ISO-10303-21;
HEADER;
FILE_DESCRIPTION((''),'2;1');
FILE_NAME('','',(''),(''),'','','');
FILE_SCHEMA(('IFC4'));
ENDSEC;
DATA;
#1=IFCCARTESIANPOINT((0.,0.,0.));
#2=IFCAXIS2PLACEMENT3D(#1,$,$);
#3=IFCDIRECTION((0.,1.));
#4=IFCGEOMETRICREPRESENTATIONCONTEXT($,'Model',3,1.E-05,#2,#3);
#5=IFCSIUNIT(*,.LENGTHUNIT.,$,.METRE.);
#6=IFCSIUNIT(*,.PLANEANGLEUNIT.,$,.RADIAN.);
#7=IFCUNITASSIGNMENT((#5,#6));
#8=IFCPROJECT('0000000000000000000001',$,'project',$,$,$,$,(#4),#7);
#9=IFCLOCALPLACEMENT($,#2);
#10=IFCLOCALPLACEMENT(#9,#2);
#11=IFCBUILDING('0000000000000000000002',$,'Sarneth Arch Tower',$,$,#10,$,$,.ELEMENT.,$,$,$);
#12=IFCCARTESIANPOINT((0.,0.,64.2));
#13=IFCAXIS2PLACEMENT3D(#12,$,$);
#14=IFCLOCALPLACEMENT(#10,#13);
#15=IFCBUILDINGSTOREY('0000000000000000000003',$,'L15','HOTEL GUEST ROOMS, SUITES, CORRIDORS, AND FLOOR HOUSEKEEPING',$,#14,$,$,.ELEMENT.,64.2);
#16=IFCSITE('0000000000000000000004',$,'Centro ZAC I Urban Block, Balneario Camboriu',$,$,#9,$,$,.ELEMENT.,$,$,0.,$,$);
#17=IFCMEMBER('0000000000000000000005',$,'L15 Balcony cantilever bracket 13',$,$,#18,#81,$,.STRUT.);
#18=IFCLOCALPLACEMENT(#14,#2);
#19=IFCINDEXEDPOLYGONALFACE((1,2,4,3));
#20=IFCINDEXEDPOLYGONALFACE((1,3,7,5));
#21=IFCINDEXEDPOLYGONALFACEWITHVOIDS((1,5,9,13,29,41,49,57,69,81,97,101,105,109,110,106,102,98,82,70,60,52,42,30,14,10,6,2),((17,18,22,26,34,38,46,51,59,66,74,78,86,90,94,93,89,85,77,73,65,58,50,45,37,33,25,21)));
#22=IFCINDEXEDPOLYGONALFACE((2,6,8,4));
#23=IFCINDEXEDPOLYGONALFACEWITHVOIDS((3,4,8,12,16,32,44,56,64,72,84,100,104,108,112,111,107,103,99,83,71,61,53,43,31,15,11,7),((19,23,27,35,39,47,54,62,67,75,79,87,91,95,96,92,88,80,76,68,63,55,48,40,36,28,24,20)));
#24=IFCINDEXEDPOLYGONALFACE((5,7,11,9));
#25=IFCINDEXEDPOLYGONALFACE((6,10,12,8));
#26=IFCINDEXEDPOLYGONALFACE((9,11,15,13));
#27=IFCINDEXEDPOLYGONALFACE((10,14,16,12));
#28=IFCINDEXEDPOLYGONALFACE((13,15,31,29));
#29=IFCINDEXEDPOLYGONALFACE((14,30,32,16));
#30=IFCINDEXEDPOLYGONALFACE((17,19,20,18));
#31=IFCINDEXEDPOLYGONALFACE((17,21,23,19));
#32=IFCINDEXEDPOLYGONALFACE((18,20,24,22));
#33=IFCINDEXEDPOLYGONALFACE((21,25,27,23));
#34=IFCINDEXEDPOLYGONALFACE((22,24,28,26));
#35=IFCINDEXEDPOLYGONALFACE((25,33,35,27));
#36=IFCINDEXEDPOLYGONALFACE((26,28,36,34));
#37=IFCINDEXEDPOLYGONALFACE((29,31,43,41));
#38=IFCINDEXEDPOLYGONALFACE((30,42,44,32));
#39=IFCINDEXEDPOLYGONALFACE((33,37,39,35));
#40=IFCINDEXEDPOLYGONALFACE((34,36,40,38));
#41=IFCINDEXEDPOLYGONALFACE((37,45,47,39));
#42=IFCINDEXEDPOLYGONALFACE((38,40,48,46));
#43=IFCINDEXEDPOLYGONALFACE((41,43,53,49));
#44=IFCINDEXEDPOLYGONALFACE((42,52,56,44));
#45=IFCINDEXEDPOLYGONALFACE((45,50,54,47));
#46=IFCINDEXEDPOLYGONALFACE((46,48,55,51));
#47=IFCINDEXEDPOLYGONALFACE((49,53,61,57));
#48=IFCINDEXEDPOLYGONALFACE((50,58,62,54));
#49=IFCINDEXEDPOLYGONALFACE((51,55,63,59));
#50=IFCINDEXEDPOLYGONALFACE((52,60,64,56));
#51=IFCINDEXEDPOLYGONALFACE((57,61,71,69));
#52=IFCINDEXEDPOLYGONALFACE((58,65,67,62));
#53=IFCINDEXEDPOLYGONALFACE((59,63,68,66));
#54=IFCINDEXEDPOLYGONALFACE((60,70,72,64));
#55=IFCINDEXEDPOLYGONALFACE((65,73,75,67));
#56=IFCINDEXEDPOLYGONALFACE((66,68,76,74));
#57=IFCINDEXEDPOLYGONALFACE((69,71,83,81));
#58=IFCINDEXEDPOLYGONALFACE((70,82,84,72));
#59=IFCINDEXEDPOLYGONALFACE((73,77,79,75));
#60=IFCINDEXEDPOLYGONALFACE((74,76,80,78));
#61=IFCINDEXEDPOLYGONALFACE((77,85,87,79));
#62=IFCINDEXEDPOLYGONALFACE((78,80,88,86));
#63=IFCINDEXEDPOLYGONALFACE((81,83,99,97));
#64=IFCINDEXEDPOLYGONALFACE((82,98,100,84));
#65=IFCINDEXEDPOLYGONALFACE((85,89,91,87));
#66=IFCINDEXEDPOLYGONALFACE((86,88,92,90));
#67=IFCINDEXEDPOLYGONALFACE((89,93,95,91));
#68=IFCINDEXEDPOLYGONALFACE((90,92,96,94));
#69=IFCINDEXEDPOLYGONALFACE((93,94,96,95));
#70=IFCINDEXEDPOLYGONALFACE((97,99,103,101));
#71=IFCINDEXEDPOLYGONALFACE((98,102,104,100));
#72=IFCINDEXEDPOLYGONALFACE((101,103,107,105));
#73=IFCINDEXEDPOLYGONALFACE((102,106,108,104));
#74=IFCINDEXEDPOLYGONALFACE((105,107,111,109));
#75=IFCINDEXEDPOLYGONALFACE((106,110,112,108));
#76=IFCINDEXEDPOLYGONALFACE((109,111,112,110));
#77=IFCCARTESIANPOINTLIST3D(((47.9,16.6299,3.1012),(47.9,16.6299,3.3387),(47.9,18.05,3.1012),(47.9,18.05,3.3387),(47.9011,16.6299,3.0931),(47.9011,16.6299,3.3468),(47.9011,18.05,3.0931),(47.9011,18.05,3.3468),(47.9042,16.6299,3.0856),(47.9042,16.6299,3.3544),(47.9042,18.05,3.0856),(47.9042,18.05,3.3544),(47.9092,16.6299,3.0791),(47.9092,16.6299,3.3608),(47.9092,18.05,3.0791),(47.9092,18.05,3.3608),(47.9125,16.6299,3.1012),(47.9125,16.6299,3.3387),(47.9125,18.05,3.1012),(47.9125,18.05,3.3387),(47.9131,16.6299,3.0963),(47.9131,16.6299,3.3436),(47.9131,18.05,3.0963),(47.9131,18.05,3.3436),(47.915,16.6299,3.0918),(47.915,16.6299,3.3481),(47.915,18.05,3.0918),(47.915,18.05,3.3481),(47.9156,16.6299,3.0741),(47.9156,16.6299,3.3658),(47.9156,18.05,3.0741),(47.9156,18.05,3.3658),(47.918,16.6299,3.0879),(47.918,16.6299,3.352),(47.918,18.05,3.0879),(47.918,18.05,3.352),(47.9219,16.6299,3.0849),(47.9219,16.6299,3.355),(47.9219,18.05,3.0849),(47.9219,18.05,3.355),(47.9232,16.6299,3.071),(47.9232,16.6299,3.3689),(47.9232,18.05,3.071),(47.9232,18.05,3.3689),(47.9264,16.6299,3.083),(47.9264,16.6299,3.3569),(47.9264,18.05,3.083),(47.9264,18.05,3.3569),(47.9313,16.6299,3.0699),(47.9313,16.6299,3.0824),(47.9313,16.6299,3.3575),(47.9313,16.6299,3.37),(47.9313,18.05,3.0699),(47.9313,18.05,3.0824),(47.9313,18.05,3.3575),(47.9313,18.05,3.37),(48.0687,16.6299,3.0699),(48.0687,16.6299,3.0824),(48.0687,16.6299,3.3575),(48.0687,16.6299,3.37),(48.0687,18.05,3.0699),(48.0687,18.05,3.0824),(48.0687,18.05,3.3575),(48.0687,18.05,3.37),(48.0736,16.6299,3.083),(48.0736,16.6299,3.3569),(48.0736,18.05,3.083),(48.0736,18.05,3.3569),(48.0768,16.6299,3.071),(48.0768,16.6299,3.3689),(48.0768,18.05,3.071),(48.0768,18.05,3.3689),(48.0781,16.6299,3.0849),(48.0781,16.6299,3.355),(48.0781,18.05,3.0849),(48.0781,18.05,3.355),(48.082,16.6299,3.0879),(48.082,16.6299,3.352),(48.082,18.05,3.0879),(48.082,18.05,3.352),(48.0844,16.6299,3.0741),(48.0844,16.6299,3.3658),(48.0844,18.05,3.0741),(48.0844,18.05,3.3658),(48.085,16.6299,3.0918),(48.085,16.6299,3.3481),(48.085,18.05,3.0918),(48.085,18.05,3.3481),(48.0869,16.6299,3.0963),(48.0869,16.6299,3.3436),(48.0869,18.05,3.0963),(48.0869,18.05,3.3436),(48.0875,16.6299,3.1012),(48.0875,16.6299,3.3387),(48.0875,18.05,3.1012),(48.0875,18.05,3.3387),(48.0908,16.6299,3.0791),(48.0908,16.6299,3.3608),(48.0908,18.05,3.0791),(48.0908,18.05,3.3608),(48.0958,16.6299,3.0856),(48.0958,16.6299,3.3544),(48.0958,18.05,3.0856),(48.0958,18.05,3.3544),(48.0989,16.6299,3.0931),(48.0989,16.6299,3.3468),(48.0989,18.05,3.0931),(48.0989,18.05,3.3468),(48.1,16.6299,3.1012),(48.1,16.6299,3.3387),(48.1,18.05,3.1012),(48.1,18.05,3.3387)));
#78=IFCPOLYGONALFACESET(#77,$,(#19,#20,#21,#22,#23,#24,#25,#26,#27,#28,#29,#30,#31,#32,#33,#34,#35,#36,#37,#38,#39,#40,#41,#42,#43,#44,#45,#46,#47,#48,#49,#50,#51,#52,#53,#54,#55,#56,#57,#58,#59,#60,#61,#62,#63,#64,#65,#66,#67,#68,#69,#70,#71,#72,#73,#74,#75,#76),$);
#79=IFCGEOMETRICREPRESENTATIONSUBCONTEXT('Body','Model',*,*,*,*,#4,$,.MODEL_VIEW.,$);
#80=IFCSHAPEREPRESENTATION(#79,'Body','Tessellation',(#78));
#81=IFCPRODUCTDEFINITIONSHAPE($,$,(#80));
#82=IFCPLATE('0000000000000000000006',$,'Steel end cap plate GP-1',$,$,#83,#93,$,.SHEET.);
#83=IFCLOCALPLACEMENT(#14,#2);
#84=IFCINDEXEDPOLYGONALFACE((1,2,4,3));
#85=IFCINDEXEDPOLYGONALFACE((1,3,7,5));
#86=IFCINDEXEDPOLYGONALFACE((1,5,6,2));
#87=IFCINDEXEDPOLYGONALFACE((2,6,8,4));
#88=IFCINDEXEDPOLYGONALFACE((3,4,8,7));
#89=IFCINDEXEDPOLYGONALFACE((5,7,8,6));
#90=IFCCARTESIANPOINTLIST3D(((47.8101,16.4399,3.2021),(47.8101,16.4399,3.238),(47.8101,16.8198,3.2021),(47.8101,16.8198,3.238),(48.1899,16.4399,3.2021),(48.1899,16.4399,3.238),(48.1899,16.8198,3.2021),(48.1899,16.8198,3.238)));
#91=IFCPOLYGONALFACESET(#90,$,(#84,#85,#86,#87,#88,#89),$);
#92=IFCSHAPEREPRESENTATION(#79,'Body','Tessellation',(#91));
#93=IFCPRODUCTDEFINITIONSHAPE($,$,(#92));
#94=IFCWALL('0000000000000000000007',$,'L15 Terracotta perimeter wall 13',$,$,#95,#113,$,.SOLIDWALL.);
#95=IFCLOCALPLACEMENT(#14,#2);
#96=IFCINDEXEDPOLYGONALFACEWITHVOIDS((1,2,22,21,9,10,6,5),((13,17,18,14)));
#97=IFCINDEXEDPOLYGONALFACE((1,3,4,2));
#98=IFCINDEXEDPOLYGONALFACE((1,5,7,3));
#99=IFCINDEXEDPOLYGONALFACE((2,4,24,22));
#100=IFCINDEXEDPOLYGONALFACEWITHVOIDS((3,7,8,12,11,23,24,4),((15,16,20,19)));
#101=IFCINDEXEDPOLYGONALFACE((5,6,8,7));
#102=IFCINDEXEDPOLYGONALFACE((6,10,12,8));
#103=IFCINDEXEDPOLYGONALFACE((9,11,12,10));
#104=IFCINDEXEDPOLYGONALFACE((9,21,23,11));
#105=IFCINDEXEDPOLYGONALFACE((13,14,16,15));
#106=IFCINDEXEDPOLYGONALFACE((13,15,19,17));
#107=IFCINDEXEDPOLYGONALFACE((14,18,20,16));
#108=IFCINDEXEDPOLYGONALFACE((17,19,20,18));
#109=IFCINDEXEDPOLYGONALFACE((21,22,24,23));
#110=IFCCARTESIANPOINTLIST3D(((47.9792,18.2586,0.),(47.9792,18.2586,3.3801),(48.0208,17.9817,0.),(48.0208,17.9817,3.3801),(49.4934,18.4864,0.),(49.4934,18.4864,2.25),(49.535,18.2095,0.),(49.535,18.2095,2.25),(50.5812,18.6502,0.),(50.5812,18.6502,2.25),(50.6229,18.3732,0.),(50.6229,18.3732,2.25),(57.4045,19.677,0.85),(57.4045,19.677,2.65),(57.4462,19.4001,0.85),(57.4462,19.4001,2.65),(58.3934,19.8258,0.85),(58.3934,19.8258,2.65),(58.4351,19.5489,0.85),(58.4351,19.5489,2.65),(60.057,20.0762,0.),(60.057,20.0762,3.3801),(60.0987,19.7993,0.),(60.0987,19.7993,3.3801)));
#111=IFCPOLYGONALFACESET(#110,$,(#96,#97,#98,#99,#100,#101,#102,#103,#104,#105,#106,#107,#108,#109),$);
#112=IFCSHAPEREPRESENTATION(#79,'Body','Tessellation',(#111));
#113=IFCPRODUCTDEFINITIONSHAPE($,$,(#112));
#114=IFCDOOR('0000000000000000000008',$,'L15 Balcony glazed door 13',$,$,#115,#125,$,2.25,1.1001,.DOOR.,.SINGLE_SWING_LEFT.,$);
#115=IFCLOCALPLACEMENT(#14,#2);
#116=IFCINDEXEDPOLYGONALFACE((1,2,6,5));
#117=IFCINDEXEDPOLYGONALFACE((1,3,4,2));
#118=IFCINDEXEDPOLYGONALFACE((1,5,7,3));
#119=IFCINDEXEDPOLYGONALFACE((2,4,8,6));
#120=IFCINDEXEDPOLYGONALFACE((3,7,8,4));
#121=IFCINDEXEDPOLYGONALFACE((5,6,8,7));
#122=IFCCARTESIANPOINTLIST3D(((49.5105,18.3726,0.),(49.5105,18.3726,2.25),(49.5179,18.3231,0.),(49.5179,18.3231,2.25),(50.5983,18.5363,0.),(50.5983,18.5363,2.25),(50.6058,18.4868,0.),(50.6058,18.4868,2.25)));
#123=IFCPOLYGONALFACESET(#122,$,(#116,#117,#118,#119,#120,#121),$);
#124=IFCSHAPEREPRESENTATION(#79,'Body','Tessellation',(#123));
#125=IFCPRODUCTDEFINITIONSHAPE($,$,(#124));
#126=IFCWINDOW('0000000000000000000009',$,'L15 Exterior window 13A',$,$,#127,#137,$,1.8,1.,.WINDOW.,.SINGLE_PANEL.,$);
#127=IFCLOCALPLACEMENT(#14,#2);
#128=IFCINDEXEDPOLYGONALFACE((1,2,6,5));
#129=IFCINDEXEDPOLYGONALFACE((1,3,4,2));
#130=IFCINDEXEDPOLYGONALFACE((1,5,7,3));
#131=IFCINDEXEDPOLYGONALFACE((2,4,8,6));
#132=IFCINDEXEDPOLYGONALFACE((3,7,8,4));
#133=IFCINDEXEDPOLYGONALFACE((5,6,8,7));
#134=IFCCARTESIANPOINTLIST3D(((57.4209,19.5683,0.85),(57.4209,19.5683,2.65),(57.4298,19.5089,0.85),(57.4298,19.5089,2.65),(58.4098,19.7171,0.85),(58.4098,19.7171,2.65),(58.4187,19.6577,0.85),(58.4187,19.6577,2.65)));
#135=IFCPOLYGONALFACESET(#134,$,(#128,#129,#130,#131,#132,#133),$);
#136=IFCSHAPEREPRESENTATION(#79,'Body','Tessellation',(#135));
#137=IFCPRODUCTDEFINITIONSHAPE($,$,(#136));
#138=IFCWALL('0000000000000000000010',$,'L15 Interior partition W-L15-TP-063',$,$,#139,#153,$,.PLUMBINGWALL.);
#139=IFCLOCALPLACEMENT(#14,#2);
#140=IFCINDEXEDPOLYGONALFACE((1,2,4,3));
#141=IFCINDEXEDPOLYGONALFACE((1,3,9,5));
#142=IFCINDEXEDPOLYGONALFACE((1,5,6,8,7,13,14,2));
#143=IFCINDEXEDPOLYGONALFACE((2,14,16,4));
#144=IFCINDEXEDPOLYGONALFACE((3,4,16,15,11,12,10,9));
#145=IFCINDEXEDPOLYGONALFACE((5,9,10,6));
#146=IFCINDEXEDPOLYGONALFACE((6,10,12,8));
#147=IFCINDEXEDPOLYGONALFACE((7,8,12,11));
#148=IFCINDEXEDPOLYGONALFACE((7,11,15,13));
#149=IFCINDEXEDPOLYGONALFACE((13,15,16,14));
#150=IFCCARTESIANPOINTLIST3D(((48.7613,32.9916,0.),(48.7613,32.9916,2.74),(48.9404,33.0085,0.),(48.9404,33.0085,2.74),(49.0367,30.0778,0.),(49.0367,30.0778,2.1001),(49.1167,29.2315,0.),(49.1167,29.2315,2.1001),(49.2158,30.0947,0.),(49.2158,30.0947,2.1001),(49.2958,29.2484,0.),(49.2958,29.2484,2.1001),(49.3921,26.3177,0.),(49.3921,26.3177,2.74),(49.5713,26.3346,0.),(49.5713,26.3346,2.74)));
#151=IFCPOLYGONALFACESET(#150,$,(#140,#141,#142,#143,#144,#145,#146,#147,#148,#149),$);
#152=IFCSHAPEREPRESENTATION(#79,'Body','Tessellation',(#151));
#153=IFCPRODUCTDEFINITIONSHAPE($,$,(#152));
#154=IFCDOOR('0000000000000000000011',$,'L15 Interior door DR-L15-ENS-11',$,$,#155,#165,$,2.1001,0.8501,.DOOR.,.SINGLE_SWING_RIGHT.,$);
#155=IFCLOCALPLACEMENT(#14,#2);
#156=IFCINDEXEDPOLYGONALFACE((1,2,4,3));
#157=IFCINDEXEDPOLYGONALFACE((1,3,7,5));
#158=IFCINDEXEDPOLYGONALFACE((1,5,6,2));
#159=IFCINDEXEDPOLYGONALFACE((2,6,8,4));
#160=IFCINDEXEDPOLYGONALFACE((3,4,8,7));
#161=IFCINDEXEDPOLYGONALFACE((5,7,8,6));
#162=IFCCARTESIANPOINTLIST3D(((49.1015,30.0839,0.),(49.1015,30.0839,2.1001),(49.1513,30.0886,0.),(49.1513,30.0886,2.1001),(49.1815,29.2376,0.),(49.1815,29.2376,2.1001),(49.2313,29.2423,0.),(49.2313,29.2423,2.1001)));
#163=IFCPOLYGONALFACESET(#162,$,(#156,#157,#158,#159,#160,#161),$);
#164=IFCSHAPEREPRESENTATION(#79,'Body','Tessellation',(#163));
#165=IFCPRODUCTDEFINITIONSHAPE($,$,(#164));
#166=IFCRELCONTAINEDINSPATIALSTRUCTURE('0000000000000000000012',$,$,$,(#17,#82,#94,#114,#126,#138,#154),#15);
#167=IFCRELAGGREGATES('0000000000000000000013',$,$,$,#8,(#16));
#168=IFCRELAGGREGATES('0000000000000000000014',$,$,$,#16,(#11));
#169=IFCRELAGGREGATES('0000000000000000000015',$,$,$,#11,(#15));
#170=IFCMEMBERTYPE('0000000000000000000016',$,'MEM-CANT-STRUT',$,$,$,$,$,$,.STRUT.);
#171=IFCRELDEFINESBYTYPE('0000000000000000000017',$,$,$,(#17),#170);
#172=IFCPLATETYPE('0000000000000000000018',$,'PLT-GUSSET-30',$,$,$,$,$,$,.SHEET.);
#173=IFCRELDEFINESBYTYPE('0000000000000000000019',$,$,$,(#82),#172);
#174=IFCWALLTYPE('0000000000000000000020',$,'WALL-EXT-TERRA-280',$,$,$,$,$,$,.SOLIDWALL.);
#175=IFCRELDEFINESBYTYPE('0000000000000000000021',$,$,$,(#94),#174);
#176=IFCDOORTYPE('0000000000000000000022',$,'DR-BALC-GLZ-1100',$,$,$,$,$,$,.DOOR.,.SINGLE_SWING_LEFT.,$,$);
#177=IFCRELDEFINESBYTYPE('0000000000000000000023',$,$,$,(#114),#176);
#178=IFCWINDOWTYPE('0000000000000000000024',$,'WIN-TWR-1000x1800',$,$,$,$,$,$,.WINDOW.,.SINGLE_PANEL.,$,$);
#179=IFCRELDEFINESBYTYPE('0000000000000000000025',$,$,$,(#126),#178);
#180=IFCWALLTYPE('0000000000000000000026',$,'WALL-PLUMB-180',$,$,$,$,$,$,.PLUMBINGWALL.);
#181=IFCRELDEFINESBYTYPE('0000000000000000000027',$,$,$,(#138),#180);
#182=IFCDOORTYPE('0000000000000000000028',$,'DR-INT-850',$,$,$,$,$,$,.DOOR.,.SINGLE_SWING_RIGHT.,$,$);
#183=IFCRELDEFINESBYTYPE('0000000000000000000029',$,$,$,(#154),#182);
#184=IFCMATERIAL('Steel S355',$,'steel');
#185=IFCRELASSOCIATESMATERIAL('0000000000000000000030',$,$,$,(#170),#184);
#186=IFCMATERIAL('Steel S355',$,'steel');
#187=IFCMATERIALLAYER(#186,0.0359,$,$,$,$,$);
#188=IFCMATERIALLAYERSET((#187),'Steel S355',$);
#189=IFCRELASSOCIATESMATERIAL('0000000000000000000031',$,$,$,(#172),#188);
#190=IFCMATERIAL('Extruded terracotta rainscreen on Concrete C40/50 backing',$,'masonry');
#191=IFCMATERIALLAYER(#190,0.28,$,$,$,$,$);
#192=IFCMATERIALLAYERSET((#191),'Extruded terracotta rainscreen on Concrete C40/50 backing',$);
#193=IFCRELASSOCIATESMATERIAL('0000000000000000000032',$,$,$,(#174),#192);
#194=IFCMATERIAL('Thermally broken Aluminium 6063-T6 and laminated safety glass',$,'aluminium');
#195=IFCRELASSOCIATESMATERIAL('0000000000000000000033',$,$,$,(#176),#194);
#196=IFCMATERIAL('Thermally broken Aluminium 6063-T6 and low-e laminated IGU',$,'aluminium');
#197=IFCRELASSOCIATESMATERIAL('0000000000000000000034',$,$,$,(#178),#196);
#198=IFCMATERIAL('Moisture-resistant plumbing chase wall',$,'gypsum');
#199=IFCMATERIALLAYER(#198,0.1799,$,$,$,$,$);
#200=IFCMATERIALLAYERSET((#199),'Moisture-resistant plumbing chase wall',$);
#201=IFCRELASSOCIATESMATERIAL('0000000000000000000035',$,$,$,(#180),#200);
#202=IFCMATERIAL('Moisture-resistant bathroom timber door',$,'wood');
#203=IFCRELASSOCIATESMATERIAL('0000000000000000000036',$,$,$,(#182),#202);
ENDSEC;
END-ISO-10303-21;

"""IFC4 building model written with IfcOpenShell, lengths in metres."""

from ifc_helpers import new_model, si_unit, direction, frame, frame_2d, origin, origin_2d, place, context, subcontext, project, spatial, rectangle, hollow_rectangle, extrude, material, layer, layer_set, material_profile, profile_set, type_object, element, fill, save


model = new_model("IFC4")

# Units and contexts
model_context = context("Model", 3, precision=1e-05, world=origin(), true_north=direction((0.0, 1.0)))
body_context = subcontext(model_context, "Body", "Model", "MODEL_VIEW")
ifc_project = project(units=[si_unit("LENGTHUNIT", "METRE"), si_unit("PLANEANGLEUNIT", "RADIAN")], contexts=[model_context])

# Site, building, storey
site_placement = place(None, origin())
site = spatial("IfcSite", under=ifc_project, at=site_placement, Name="Centro ZAC I Urban Block, Balneario Camboriu", CompositionType="ELEMENT", RefElevation=0.0)
building_placement = place(site_placement, origin())
building = spatial("IfcBuilding", under=site, at=building_placement, Name="Sarneth Arch Tower", CompositionType="ELEMENT")
storey_placement = place(building_placement, frame((0.0, 0.0, 64.2)))
storey = spatial("IfcBuildingStorey", under=building, at=storey_placement, Name="L15", Description="HOTEL GUEST ROOMS, SUITES, CORRIDORS, AND FLOOR HOUSEKEEPING", CompositionType="ELEMENT", Elevation=64.2)

# Member
ifc_material_1 = material(Name="Steel S355", Category="steel")
ifc_material_profile_1 = material_profile(ifc_material_1, hollow_rectangle(XDim=0.2, YDim=0.3, WallThickness=0.0125, InnerFilletRadius=0.0188, OuterFilletRadius=0.0312, at=origin_2d()), Name="RHS300x200x12.5")
ifc_profile_set_1 = profile_set([ifc_material_profile_1], Name="Steel S355")
member_type_1 = type_object("IfcMemberType", Name="MEM-CANT-STRUT", PredefinedType="STRUT", material=ifc_profile_set_1)
member_1_placement = place(storey_placement, frame((48.0, 18.05, 3.22), z_axis=(0.0, -1.0, 0.0), x_axis=(1.0, 0.0, 0.0)))
element("IfcMember", 1, at=member_1_placement, inside=storey, type_object=member_type_1, Name="L15 Balcony cantilever bracket 13", PredefinedType="STRUT", context=body_context, shape_type="SweptSolid", body=[
    extrude(hollow_rectangle(XDim=0.2, YDim=0.3, WallThickness=0.0125, InnerFilletRadius=0.0188, OuterFilletRadius=0.0312, at=origin_2d()), origin(), (0.0, 0.0, 1.0), 1.4202),
])

# Plate
ifc_material_2 = material(Name="Steel S355", Category="steel")
ifc_layer_1 = layer(ifc_material_2, 0.0359)
ifc_layer_set_1 = layer_set([ifc_layer_1], Name="Steel S355")
plate_type = type_object("IfcPlateType", Name="PLT-GUSSET-30", PredefinedType="SHEET", material=ifc_layer_set_1)
plate_placement = place(storey_placement, frame((48.0, 16.6299, 3.2021), z_axis=(0.0, 0.0, 1.0), x_axis=(0.0, -1.0, 0.0)))
element("IfcPlate", 2, at=plate_placement, inside=storey, type_object=plate_type, Name="Steel end cap plate GP-1", PredefinedType="SHEET", context=body_context, shape_type="SweptSolid", body=[
    extrude(rectangle(XDim=0.3799, YDim=0.3799, at=origin_2d()), origin(), (0.0, 0.0, 1.0), 0.0359),
])

# Wall, openings, door, window
ifc_material_3 = material(Name="Extruded terracotta rainscreen on Concrete C40/50 backing", Category="masonry")
ifc_layer_2 = layer(ifc_material_3, 0.28)
ifc_layer_set_2 = layer_set([ifc_layer_2], Name="Extruded terracotta rainscreen on Concrete C40/50 backing")
wall_type_1 = type_object("IfcWallType", Name="WALL-EXT-TERRA-280", PredefinedType="SOLIDWALL", material=ifc_layer_set_2)
wall_1_placement = place(storey_placement, frame((48.0, 18.1201, 0.0), z_axis=(0.0, 0.0, 1.0), x_axis=(0.988865, 0.148816, 0.0)))
wall_1 = element("IfcWall", 3, at=wall_1_placement, inside=storey, type_object=wall_type_1, Name="L15 Terracotta perimeter wall 13", PredefinedType="SOLIDWALL", context=body_context, shape_type="SweptSolid", body=[
    extrude(rectangle(XDim=12.2139, YDim=0.28, at=frame_2d((6.1069, 0.0))), origin(), (0.0, 0.0, 1.0), 3.3801),
])
opening_1_placement = place(wall_1_placement, frame((1.5312, 0.0, 0.0)))
opening_1 = element("IfcOpeningElement", 4, at=opening_1_placement, cuts=wall_1, PredefinedType="OPENING", context=body_context, shape_type="SweptSolid", body=[
    extrude(rectangle(XDim=1.1001, YDim=2.25, at=frame_2d((0.55, 1.125))), frame((0.0, 0.1499, 0.0), z_axis=(0.0, -1.0, 0.0), x_axis=(1.0, 0.0, 0.0)), (0.0, 0.0, 1.0), 0.3),
])
opening_2_placement = place(wall_1_placement, frame((9.5315, 0.0, 0.8501)))
opening_2 = element("IfcOpeningElement", 5, at=opening_2_placement, cuts=wall_1, PredefinedType="OPENING", context=body_context, shape_type="SweptSolid", body=[
    extrude(rectangle(XDim=1.0, YDim=1.8, at=frame_2d((0.5, 0.8999))), frame((0.0, 0.1499, 0.0), z_axis=(0.0, -1.0, 0.0), x_axis=(1.0, 0.0, 0.0)), (0.0, 0.0, 1.0), 0.3),
])
ifc_material_4 = material(Name="Thermally broken Aluminium 6063-T6 and laminated safety glass", Category="aluminium")
door_type_1 = type_object("IfcDoorType", Name="DR-BALC-GLZ-1100", OperationType="SINGLE_SWING_LEFT", PredefinedType="DOOR", material=ifc_material_4)
door_1_placement = place(opening_1_placement, origin())
door_1 = element("IfcDoor", 6, at=door_1_placement, inside=storey, type_object=door_type_1, Name="L15 Balcony glazed door 13", OperationType="SINGLE_SWING_LEFT", OverallHeight=2.25, OverallWidth=1.1001, PredefinedType="DOOR", context=body_context, shape_type="SweptSolid", body=[
    extrude(rectangle(XDim=1.1001, YDim=2.25, at=frame_2d((0.55, 1.125))), frame((0.0, 0.0249, 0.0), z_axis=(0.0, -1.0, 0.0), x_axis=(1.0, 0.0, 0.0)), (0.0, 0.0, 1.0), 0.05),
])
fill(opening_1, door_1)
ifc_material_5 = material(Name="Thermally broken Aluminium 6063-T6 and low-e laminated IGU", Category="aluminium")
window_type = type_object("IfcWindowType", Name="WIN-TWR-1000x1800", PartitioningType="SINGLE_PANEL", PredefinedType="WINDOW", material=ifc_material_5)
window_placement = place(opening_2_placement, origin())
window = element("IfcWindow", 7, at=window_placement, inside=storey, type_object=window_type, Name="L15 Exterior window 13A", OverallHeight=1.8, OverallWidth=1.0, PartitioningType="SINGLE_PANEL", PredefinedType="WINDOW", context=body_context, shape_type="SweptSolid", body=[
    extrude(rectangle(XDim=1.0, YDim=1.8, at=frame_2d((0.5, 0.8999))), frame((0.0, 0.03, 0.0), z_axis=(0.0, -1.0, 0.0), x_axis=(1.0, 0.0, 0.0)), (0.0, 0.0, 1.0), 0.0601),
])
fill(opening_2, window)

# Wall, opening, door
ifc_material_6 = material(Name="Moisture-resistant plumbing chase wall", Category="gypsum")
ifc_layer_3 = layer(ifc_material_6, 0.1799)
ifc_layer_set_3 = layer_set([ifc_layer_3], Name="Moisture-resistant plumbing chase wall")
wall_type_2 = type_object("IfcWallType", Name="WALL-PLUMB-180", PredefinedType="PLUMBINGWALL", material=ifc_layer_set_3)
wall_2_placement = place(storey_placement, frame((49.4817, 26.3262, 0.0), z_axis=(0.0, 0.0, 1.0), x_axis=(-0.094108, 0.995562, 0.0)))
wall_2 = element("IfcWall", 8, at=wall_2_placement, inside=storey, type_object=wall_type_2, Name="L15 Interior partition W-L15-TP-063", PredefinedType="PLUMBINGWALL", context=body_context, shape_type="SweptSolid", body=[
    extrude(rectangle(XDim=6.7036, YDim=0.1799, at=frame_2d((3.3518, 0.0))), origin(), (0.0, 0.0, 1.0), 2.74),
])
opening_3_placement = place(wall_2_placement, frame((2.9268, 0.0, 0.0)))
opening_3 = element("IfcOpeningElement", 9, at=opening_3_placement, cuts=wall_2, PredefinedType="OPENING", context=body_context, shape_type="SweptSolid", body=[
    extrude(rectangle(XDim=0.8501, YDim=2.1001, at=frame_2d((0.425, 1.05))), frame((0.0, 0.0999, 0.0), z_axis=(0.0, -1.0, 0.0), x_axis=(1.0, 0.0, 0.0)), (0.0, 0.0, 1.0), 0.2),
])
ifc_material_7 = material(Name="Moisture-resistant bathroom timber door", Category="wood")
door_type_2 = type_object("IfcDoorType", Name="DR-INT-850", OperationType="SINGLE_SWING_RIGHT", PredefinedType="DOOR", material=ifc_material_7)
door_2_placement = place(opening_3_placement, origin())
door_2 = element("IfcDoor", 10, at=door_2_placement, inside=storey, type_object=door_type_2, Name="L15 Interior door DR-L15-ENS-11", OperationType="SINGLE_SWING_RIGHT", OverallHeight=2.1001, OverallWidth=0.8501, PredefinedType="DOOR", context=body_context, shape_type="SweptSolid", body=[
    extrude(rectangle(XDim=0.8501, YDim=2.1001, at=frame_2d((0.425, 1.05))), frame((0.0, 0.0249, 0.0), z_axis=(0.0, -1.0, 0.0), x_axis=(1.0, 0.0, 0.0)), (0.0, 0.0, 1.0), 0.05),
])
fill(opening_3, door_2)

save(model, "model.ifc")
